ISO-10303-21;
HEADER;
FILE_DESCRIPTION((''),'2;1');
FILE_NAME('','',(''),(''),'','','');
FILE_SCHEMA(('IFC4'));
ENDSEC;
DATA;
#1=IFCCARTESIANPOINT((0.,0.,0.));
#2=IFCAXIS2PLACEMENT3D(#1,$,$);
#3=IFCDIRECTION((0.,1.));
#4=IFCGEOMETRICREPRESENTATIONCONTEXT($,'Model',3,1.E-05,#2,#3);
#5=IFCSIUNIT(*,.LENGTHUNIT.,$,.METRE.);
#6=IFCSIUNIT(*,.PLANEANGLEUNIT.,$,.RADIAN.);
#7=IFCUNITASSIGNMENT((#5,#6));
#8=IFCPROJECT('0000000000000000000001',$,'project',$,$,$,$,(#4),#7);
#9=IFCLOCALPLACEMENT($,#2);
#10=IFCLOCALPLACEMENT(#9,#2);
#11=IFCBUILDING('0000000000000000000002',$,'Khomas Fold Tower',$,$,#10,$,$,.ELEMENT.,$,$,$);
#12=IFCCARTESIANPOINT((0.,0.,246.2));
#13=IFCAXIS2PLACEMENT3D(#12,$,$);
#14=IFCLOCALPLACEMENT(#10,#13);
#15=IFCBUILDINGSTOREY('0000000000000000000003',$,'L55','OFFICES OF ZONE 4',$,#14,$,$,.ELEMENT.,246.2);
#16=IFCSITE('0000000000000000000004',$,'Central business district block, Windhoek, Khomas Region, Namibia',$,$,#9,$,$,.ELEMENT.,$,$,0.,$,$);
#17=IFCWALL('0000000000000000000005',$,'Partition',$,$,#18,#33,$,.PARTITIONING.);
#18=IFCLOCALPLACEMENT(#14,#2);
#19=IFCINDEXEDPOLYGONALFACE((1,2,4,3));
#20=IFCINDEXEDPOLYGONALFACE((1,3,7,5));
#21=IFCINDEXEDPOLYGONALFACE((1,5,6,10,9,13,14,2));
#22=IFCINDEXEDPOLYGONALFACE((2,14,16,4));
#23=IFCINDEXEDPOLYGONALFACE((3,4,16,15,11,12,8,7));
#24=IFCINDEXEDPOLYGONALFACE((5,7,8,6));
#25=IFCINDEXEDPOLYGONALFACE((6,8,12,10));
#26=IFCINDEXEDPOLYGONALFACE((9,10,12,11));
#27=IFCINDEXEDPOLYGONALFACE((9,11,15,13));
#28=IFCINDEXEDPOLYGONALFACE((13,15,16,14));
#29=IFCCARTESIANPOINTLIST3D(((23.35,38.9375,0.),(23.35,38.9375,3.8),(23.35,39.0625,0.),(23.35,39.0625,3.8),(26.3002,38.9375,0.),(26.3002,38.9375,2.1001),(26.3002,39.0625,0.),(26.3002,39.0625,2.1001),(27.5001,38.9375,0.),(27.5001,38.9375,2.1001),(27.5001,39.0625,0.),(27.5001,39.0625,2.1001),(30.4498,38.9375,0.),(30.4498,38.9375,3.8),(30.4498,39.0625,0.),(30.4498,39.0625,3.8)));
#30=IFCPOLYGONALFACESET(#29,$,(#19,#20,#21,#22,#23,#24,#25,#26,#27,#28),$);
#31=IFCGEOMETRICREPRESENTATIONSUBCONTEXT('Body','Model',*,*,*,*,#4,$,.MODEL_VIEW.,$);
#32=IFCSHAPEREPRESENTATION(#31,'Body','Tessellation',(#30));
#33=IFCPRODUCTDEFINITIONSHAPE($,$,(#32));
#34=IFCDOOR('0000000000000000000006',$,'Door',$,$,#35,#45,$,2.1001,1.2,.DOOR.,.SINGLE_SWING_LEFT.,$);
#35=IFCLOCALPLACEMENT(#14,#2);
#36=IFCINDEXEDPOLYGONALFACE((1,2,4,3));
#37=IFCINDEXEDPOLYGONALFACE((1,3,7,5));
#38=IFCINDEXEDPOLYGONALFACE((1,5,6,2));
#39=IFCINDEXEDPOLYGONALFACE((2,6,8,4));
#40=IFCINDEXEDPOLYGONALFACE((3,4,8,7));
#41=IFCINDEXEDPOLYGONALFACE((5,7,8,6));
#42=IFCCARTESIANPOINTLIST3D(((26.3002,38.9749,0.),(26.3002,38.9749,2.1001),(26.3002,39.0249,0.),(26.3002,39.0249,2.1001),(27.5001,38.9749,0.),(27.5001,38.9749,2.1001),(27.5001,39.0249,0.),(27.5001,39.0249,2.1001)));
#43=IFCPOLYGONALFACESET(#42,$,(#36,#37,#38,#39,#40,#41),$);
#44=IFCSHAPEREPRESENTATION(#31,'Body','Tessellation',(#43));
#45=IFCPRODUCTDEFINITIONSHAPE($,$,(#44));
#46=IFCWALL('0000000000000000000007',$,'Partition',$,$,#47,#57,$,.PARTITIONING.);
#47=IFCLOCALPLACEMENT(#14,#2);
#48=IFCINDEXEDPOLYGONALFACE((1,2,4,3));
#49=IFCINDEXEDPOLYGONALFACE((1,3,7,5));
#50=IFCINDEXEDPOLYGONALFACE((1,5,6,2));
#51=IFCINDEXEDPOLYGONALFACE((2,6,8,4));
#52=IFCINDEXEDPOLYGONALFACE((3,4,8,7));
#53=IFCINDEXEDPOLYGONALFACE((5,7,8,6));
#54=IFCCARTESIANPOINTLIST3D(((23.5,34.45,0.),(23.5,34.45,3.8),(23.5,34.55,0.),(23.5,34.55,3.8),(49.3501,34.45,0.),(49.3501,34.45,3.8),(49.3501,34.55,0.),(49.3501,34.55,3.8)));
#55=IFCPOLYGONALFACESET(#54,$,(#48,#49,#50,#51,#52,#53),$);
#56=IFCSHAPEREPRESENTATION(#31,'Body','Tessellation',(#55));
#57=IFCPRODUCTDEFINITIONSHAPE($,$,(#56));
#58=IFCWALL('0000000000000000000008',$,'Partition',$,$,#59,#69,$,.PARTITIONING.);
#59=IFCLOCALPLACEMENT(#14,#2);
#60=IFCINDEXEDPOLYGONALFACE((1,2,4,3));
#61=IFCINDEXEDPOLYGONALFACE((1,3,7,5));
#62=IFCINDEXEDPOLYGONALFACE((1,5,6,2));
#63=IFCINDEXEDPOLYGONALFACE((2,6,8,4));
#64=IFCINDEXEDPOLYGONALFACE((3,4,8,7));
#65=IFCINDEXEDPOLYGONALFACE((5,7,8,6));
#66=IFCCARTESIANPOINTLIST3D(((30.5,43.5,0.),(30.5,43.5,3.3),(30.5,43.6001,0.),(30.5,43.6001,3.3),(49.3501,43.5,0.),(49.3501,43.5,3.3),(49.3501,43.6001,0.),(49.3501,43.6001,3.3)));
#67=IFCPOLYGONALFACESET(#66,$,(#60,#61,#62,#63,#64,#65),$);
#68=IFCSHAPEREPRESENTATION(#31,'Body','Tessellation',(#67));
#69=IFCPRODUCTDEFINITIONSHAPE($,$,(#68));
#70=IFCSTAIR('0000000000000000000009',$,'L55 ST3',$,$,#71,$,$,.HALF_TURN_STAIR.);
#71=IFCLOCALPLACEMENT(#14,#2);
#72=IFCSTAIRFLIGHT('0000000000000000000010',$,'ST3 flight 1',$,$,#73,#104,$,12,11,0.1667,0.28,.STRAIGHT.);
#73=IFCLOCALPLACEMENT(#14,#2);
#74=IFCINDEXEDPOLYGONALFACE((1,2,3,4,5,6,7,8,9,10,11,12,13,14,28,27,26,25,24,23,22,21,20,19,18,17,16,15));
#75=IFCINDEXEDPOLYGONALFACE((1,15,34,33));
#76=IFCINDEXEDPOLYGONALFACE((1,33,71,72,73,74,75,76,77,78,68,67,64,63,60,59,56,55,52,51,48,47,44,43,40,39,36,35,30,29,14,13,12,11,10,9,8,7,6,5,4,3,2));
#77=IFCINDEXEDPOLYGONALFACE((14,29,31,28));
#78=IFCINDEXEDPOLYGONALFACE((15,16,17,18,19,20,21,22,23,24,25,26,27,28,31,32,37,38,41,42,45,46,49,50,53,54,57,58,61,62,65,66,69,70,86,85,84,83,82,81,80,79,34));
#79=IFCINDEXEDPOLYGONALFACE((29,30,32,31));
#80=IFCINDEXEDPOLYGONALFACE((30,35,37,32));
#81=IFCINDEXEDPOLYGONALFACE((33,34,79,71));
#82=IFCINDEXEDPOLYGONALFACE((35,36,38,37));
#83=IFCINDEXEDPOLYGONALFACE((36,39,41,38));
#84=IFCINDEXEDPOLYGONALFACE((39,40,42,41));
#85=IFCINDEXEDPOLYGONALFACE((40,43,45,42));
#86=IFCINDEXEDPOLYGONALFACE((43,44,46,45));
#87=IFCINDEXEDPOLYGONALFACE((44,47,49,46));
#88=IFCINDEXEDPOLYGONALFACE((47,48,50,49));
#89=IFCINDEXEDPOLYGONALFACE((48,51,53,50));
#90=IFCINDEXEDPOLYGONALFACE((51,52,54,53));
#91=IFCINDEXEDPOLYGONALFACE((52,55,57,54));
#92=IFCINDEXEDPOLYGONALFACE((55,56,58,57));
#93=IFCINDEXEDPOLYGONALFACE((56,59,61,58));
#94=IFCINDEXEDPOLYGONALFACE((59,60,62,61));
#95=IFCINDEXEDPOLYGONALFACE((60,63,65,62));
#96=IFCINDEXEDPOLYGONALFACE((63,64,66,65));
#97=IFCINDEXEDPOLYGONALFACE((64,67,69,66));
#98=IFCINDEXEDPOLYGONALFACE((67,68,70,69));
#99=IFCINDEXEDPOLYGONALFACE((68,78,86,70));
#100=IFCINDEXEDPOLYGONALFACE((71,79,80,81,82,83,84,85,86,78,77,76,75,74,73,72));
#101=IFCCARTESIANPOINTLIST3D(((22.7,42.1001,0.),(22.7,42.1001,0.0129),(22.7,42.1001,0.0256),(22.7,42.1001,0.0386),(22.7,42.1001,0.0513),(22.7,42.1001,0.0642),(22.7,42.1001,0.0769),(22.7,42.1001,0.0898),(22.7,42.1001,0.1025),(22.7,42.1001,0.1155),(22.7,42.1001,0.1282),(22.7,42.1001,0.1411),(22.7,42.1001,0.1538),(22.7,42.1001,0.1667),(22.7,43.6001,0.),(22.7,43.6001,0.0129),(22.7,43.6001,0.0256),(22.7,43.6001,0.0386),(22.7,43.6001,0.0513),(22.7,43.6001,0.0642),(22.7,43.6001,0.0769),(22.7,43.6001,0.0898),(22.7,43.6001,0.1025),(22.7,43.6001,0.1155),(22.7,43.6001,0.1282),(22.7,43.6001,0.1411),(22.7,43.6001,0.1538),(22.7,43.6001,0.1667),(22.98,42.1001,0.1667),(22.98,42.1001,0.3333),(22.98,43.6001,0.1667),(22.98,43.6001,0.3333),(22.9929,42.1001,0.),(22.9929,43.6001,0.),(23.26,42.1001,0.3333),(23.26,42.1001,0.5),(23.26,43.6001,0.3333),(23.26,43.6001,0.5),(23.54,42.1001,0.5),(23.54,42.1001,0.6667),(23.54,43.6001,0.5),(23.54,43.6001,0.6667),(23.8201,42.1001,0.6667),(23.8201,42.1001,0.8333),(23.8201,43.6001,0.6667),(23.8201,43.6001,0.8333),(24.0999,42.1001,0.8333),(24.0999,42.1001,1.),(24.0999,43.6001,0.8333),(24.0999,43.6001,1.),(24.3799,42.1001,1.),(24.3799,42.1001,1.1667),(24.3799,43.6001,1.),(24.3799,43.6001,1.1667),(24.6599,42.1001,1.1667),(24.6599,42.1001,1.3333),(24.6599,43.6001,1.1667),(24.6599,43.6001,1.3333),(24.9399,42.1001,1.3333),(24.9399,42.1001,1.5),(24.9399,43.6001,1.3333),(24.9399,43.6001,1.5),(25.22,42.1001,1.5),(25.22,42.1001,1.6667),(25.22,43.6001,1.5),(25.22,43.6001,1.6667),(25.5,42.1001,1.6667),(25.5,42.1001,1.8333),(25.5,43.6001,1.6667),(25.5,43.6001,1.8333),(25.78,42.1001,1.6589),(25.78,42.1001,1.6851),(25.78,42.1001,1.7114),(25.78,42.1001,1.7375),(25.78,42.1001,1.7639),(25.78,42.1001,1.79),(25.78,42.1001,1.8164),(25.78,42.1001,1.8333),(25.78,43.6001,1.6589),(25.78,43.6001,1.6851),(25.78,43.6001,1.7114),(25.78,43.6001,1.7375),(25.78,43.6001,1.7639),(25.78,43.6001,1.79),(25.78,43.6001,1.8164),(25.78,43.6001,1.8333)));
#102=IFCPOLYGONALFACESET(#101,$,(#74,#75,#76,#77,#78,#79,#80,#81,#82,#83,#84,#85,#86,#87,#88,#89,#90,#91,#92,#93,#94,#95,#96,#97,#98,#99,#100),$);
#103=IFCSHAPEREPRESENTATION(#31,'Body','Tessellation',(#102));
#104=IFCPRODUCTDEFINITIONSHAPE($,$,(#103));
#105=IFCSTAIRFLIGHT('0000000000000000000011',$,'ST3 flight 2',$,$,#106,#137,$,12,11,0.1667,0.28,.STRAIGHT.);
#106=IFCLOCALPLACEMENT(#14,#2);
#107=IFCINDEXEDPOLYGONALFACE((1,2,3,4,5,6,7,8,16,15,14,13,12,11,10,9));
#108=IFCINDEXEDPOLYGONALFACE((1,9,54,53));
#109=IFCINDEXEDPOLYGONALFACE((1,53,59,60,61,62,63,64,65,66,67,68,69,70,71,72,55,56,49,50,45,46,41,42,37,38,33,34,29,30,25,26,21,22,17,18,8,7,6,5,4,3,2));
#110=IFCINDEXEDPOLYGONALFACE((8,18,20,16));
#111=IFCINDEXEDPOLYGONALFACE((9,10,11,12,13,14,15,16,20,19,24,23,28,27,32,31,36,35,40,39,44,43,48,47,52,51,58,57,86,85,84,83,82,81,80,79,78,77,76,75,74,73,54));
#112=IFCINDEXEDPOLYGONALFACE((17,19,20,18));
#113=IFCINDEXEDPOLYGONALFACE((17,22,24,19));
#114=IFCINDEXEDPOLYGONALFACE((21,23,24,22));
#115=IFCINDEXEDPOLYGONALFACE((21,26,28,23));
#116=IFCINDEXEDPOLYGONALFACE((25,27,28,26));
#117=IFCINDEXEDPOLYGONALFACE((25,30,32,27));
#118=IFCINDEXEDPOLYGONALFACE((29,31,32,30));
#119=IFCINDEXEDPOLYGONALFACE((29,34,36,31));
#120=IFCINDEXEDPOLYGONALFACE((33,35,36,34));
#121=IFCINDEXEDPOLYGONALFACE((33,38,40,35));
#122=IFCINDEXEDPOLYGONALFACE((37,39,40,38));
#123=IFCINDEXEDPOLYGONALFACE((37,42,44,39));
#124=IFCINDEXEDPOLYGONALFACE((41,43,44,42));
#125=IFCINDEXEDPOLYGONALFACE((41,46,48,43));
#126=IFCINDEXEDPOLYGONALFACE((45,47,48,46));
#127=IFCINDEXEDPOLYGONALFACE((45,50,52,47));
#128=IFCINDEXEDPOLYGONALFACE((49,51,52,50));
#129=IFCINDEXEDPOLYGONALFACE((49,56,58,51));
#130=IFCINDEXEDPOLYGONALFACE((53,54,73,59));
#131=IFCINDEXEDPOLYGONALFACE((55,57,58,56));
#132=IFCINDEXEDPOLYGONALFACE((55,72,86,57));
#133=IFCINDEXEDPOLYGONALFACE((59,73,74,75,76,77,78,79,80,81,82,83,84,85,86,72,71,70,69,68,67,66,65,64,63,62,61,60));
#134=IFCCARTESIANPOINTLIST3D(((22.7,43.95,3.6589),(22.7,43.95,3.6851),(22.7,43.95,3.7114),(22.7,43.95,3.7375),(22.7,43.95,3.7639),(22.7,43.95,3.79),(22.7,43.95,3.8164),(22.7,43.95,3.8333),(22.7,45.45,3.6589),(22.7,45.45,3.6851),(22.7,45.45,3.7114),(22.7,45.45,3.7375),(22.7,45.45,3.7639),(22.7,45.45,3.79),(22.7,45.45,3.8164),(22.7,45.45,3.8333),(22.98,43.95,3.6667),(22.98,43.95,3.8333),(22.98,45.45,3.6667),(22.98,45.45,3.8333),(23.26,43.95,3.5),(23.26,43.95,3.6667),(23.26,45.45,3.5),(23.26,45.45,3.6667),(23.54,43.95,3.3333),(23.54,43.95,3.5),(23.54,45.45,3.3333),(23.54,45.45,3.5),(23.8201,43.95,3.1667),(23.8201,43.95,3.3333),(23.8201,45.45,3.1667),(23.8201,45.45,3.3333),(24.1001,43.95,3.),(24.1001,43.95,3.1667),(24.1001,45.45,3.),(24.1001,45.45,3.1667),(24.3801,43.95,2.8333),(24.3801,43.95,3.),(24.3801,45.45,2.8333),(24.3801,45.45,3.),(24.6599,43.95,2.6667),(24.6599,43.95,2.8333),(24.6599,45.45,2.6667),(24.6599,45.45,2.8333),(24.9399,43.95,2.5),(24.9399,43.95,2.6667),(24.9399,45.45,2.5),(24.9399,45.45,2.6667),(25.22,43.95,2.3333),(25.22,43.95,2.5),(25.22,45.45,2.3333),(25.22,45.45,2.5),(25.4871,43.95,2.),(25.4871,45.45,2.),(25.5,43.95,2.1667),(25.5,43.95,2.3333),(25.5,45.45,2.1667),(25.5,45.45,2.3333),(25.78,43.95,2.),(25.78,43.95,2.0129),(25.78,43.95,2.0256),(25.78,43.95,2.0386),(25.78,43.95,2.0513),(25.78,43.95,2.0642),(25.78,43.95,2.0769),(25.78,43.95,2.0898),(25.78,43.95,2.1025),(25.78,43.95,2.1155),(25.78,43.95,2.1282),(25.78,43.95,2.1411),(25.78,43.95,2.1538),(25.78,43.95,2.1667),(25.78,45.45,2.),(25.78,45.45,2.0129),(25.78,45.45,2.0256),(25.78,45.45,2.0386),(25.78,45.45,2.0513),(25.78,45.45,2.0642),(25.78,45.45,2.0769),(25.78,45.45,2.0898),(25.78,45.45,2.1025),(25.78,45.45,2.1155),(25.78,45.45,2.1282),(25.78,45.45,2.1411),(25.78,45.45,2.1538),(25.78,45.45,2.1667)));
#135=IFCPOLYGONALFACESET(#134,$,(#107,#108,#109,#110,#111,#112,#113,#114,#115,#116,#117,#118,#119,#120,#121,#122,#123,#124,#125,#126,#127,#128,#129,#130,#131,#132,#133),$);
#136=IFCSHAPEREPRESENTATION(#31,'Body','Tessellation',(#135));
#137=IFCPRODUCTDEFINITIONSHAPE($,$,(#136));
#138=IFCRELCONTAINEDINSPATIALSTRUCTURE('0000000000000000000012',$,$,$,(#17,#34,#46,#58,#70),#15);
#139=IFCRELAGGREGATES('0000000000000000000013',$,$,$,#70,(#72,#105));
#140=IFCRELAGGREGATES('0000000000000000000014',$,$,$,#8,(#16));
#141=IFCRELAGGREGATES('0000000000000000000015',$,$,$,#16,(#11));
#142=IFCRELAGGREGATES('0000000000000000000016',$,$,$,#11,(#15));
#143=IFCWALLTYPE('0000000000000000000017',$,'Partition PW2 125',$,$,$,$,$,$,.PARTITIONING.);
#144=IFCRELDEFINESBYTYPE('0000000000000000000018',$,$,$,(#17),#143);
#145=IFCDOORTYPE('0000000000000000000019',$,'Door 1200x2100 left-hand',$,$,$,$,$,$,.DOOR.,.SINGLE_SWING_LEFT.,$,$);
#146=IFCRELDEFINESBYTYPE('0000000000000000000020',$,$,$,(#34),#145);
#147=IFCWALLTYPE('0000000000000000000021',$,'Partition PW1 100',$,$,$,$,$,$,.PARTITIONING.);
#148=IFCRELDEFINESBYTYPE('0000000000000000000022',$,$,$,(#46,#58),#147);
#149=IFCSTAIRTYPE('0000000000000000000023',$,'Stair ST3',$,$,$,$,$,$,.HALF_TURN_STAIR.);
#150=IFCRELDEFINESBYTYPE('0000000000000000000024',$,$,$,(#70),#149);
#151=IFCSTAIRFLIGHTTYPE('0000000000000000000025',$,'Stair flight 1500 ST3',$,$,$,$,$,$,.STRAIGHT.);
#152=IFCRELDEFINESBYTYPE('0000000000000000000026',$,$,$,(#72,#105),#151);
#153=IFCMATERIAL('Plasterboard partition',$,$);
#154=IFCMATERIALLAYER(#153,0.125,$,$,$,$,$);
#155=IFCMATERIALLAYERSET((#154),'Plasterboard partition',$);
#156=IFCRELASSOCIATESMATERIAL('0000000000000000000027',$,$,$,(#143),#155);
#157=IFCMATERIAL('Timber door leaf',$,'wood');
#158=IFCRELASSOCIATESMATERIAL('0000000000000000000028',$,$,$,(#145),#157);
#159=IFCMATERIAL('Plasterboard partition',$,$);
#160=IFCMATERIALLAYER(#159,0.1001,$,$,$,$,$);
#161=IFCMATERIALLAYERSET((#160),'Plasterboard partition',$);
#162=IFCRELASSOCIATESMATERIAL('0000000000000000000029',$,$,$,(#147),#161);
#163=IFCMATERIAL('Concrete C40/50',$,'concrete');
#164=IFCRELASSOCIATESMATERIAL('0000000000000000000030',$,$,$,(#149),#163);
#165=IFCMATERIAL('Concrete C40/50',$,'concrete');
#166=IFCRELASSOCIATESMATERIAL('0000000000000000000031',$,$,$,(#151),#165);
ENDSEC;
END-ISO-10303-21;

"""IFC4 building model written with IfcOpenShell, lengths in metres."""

from ifc_helpers import new_model, si_unit, direction, frame, frame_2d, origin, place, context, subcontext, project, spatial, polyline, rectangle, outline, extrude, source, transform, mapped, material, layer, layer_set, type_object, element, fill, aggregate, save


model = new_model("IFC4")

# Units and contexts
model_context = context("Model", 3, precision=1e-05, world=origin(), true_north=direction((0.0, 1.0)))
body_context = subcontext(model_context, "Body", "Model", "MODEL_VIEW")
ifc_project = project(units=[si_unit("LENGTHUNIT", "METRE"), si_unit("PLANEANGLEUNIT", "RADIAN")], contexts=[model_context])

# Site, building, storey
site_placement = place(None, origin())
site = spatial("IfcSite", under=ifc_project, at=site_placement, Name="Central business district block, Windhoek, Khomas Region, Namibia", CompositionType="ELEMENT", RefElevation=0.0)
building_placement = place(site_placement, origin())
building = spatial("IfcBuilding", under=site, at=building_placement, Name="Khomas Fold Tower", CompositionType="ELEMENT")
storey_placement = place(building_placement, frame((0.0, 0.0, 246.2)))
storey = spatial("IfcBuildingStorey", under=building, at=storey_placement, Name="L55", Description="OFFICES OF ZONE 4", CompositionType="ELEMENT", Elevation=246.2)

# Shared definitions
shared_shape_1 = source(origin(), body_context, "Body", "SweptSolid", [
    extrude(rectangle(XDim=1.2, YDim=2.1001, at=frame_2d((0.6001, 1.05))), frame((0.0, 0.0249, 0.0), z_axis=(0.0, -1.0, 0.0), x_axis=(1.0, 0.0, 0.0)), (0.0, 0.0, 1.0), 0.05),
])

# Wall, opening, door
ifc_material_1 = material(Name="Plasterboard partition")
ifc_layer_1 = layer(ifc_material_1, 0.125)
ifc_layer_set_1 = layer_set([ifc_layer_1], Name="Plasterboard partition")
wall_type_1 = type_object("IfcWallType", Name="Partition PW2 125", PredefinedType="PARTITIONING", material=ifc_layer_set_1)
shared_shape_2 = source(origin(), body_context, "Body", "SweptSolid", [
    extrude(rectangle(XDim=7.0999, YDim=0.125, at=frame_2d((3.5498, 0.0))), origin(), (0.0, 0.0, 1.0), 3.8),
])
wall_1_placement = place(storey_placement, frame((23.3501, 39.0, 0.0), z_axis=(0.0, 0.0, 1.0), x_axis=(1.0, 0.0, 0.0)))
wall_1 = element("IfcWall", 1, at=wall_1_placement, inside=storey, type_object=wall_type_1, Name="Partition", PredefinedType="PARTITIONING", context=body_context, shape_type="MappedRepresentation", body=[
    mapped(shared_shape_2, transform((0.0, 0.0, 0.0))),
])
shared_shape_3 = source(origin(), body_context, "Body", "SweptSolid", [
    extrude(rectangle(XDim=1.2, YDim=2.1001, at=frame_2d((0.6001, 1.05))), frame((0.0, 0.0725, 0.0), z_axis=(0.0, -1.0, 0.0), x_axis=(1.0, 0.0, 0.0)), (0.0, 0.0, 1.0), 0.145),
])
opening_1_placement = place(wall_1_placement, frame((2.95, 0.0, 0.0)))
opening_1 = element("IfcOpeningElement", 2, at=opening_1_placement, cuts=wall_1, PredefinedType="OPENING", context=body_context, shape_type="MappedRepresentation", body=[
    mapped(shared_shape_3, transform((0.0, 0.0, 0.0))),
])
ifc_material_2 = material(Name="Timber door leaf", Category="wood")
door_type_1 = type_object("IfcDoorType", Name="Door 1200x2100 left-hand", OperationType="SINGLE_SWING_LEFT", PredefinedType="DOOR", material=ifc_material_2)
door_1_placement = place(opening_1_placement, origin())
door_1 = element("IfcDoor", 3, at=door_1_placement, inside=storey, type_object=door_type_1, Name="Door", OperationType="SINGLE_SWING_LEFT", OverallHeight=2.1001, OverallWidth=1.2, PredefinedType="DOOR", context=body_context, shape_type="MappedRepresentation", body=[
    mapped(shared_shape_1, transform((0.0, 0.0, 0.0))),
])
fill(opening_1, door_1)

# Walls
ifc_material_3 = material(Name="Plasterboard partition")
ifc_layer_2 = layer(ifc_material_3, 0.1001)
ifc_layer_set_2 = layer_set([ifc_layer_2], Name="Plasterboard partition")
wall_type_2 = type_object("IfcWallType", Name="Partition PW1 100", PredefinedType="PARTITIONING", material=ifc_layer_set_2)
shared_shape_4 = source(origin(), body_context, "Body", "SweptSolid", [
    extrude(rectangle(XDim=25.8501, YDim=0.1001, at=frame_2d((12.925, 0.0))), origin(), (0.0, 0.0, 1.0), 3.8),
])
wall_2_placement = place(storey_placement, frame((23.5, 34.5, 0.0), z_axis=(0.0, 0.0, 1.0), x_axis=(1.0, 0.0, 0.0)))
element("IfcWall", 4, at=wall_2_placement, inside=storey, type_object=wall_type_2, Name="Partition", PredefinedType="PARTITIONING", context=body_context, shape_type="MappedRepresentation", body=[
    mapped(shared_shape_4, transform((0.0, 0.0, 0.0))),
])
shared_shape_5 = source(origin(), body_context, "Body", "SweptSolid", [
    extrude(rectangle(XDim=18.8501, YDim=0.1001, at=frame_2d((9.425, 0.0))), origin(), (0.0, 0.0, 1.0), 3.3),
])
wall_3_placement = place(storey_placement, frame((30.5, 43.55, 0.0), z_axis=(0.0, 0.0, 1.0), x_axis=(1.0, 0.0, 0.0)))
element("IfcWall", 5, at=wall_3_placement, inside=storey, type_object=wall_type_2, Name="Partition", PredefinedType="PARTITIONING", context=body_context, shape_type="MappedRepresentation", body=[
    mapped(shared_shape_5, transform((0.0, 0.0, 0.0))),
])

# Stair, stair flights
ifc_material_4 = material(Name="Concrete C40/50", Category="concrete")
stair_type = type_object("IfcStairType", Name="Stair ST3", PredefinedType="HALF_TURN_STAIR", material=ifc_material_4)
stair_placement = place(storey_placement, origin())
stair = element("IfcStair", 6, at=stair_placement, inside=storey, type_object=stair_type, Name="L55 ST3", PredefinedType="HALF_TURN_STAIR")
ifc_material_5 = material(Name="Concrete C40/50", Category="concrete")
stair_flight_type = type_object("IfcStairFlightType", Name="Stair flight 1500 ST3", PredefinedType="STRAIGHT", material=ifc_material_5)
shared_shape_6 = source(origin(), body_context, "Body", "SweptSolid", [
    extrude(outline(polyline([(0.0, 0.0), (0.0, 0.0129), (0.0, 0.0256), (0.0, 0.0386), (0.0, 0.0513), (0.0, 0.0642), (0.0, 0.0769), (0.0, 0.0898), (0.0, 0.1025), (0.0, 0.1155), (0.0, 0.1282), (0.0, 0.1411), (0.0, 0.1538), (0.0, 0.1667), (0.28, 0.1667), (0.28, 0.3333), (0.5601, 0.3333), (0.5601, 0.5), (0.8401, 0.5), (0.8401, 0.6667), (1.1201, 0.6667), (1.1201, 0.8333), (1.3999, 0.8333), (1.3999, 1.0), (1.6799, 1.0), (1.6799, 1.1667), (1.96, 1.1667), (1.96, 1.3333), (2.24, 1.3333), (2.24, 1.5), (2.52, 1.5), (2.52, 1.6667), (2.8, 1.6667), (2.8, 1.8333), (3.0801, 1.8333), (3.0801, 2.0), (3.0801, 1.9739), (3.0801, 1.9475), (3.0801, 1.9214), (3.0801, 1.895), (3.0801, 1.8689), (3.0801, 1.8425), (3.0801, 1.8164), (3.0801, 1.79), (3.0801, 1.7639), (3.0801, 1.7375), (3.0801, 1.7114), (3.0801, 1.6851), (3.0801, 1.6589), (0.293, 0.0), (0.0, 0.0)])), frame((0.0, 0.75, 0.0), z_axis=(0.0, -1.0, 0.0), x_axis=(1.0, 0.0, 0.0)), (0.0, 0.0, 1.0), 1.5),
])
stair_flight_1_placement = place(storey_placement, frame((22.7, 42.8501, 0.0), z_axis=(0.0, 0.0, 1.0), x_axis=(1.0, 0.0, 0.0)))
stair_flight_1 = element("IfcStairFlight", 7, at=stair_flight_1_placement, type_object=stair_flight_type, Name="ST3 flight 1", NumberOfRisers=12, NumberOfTreads=11, PredefinedType="STRAIGHT", RiserHeight=0.1667, TreadLength=0.28, context=body_context, shape_type="MappedRepresentation", body=[
    mapped(shared_shape_6, transform((0.0, 0.0, 0.0))),
])
stair_flight_2_placement = place(storey_placement, frame((25.78, 44.7, 2.0), z_axis=(0.0, 0.0, 1.0), x_axis=(-1.0, 0.0, 0.0)))
stair_flight_2 = element("IfcStairFlight", 8, at=stair_flight_2_placement, type_object=stair_flight_type, Name="ST3 flight 2", NumberOfRisers=12, NumberOfTreads=11, PredefinedType="STRAIGHT", RiserHeight=0.1667, TreadLength=0.28, context=body_context, shape_type="MappedRepresentation", body=[
    mapped(shared_shape_6, transform((0.0, 0.0, 0.0))),
])
aggregate(stair, [stair_flight_1, stair_flight_2])

save(model, "model.ifc")
